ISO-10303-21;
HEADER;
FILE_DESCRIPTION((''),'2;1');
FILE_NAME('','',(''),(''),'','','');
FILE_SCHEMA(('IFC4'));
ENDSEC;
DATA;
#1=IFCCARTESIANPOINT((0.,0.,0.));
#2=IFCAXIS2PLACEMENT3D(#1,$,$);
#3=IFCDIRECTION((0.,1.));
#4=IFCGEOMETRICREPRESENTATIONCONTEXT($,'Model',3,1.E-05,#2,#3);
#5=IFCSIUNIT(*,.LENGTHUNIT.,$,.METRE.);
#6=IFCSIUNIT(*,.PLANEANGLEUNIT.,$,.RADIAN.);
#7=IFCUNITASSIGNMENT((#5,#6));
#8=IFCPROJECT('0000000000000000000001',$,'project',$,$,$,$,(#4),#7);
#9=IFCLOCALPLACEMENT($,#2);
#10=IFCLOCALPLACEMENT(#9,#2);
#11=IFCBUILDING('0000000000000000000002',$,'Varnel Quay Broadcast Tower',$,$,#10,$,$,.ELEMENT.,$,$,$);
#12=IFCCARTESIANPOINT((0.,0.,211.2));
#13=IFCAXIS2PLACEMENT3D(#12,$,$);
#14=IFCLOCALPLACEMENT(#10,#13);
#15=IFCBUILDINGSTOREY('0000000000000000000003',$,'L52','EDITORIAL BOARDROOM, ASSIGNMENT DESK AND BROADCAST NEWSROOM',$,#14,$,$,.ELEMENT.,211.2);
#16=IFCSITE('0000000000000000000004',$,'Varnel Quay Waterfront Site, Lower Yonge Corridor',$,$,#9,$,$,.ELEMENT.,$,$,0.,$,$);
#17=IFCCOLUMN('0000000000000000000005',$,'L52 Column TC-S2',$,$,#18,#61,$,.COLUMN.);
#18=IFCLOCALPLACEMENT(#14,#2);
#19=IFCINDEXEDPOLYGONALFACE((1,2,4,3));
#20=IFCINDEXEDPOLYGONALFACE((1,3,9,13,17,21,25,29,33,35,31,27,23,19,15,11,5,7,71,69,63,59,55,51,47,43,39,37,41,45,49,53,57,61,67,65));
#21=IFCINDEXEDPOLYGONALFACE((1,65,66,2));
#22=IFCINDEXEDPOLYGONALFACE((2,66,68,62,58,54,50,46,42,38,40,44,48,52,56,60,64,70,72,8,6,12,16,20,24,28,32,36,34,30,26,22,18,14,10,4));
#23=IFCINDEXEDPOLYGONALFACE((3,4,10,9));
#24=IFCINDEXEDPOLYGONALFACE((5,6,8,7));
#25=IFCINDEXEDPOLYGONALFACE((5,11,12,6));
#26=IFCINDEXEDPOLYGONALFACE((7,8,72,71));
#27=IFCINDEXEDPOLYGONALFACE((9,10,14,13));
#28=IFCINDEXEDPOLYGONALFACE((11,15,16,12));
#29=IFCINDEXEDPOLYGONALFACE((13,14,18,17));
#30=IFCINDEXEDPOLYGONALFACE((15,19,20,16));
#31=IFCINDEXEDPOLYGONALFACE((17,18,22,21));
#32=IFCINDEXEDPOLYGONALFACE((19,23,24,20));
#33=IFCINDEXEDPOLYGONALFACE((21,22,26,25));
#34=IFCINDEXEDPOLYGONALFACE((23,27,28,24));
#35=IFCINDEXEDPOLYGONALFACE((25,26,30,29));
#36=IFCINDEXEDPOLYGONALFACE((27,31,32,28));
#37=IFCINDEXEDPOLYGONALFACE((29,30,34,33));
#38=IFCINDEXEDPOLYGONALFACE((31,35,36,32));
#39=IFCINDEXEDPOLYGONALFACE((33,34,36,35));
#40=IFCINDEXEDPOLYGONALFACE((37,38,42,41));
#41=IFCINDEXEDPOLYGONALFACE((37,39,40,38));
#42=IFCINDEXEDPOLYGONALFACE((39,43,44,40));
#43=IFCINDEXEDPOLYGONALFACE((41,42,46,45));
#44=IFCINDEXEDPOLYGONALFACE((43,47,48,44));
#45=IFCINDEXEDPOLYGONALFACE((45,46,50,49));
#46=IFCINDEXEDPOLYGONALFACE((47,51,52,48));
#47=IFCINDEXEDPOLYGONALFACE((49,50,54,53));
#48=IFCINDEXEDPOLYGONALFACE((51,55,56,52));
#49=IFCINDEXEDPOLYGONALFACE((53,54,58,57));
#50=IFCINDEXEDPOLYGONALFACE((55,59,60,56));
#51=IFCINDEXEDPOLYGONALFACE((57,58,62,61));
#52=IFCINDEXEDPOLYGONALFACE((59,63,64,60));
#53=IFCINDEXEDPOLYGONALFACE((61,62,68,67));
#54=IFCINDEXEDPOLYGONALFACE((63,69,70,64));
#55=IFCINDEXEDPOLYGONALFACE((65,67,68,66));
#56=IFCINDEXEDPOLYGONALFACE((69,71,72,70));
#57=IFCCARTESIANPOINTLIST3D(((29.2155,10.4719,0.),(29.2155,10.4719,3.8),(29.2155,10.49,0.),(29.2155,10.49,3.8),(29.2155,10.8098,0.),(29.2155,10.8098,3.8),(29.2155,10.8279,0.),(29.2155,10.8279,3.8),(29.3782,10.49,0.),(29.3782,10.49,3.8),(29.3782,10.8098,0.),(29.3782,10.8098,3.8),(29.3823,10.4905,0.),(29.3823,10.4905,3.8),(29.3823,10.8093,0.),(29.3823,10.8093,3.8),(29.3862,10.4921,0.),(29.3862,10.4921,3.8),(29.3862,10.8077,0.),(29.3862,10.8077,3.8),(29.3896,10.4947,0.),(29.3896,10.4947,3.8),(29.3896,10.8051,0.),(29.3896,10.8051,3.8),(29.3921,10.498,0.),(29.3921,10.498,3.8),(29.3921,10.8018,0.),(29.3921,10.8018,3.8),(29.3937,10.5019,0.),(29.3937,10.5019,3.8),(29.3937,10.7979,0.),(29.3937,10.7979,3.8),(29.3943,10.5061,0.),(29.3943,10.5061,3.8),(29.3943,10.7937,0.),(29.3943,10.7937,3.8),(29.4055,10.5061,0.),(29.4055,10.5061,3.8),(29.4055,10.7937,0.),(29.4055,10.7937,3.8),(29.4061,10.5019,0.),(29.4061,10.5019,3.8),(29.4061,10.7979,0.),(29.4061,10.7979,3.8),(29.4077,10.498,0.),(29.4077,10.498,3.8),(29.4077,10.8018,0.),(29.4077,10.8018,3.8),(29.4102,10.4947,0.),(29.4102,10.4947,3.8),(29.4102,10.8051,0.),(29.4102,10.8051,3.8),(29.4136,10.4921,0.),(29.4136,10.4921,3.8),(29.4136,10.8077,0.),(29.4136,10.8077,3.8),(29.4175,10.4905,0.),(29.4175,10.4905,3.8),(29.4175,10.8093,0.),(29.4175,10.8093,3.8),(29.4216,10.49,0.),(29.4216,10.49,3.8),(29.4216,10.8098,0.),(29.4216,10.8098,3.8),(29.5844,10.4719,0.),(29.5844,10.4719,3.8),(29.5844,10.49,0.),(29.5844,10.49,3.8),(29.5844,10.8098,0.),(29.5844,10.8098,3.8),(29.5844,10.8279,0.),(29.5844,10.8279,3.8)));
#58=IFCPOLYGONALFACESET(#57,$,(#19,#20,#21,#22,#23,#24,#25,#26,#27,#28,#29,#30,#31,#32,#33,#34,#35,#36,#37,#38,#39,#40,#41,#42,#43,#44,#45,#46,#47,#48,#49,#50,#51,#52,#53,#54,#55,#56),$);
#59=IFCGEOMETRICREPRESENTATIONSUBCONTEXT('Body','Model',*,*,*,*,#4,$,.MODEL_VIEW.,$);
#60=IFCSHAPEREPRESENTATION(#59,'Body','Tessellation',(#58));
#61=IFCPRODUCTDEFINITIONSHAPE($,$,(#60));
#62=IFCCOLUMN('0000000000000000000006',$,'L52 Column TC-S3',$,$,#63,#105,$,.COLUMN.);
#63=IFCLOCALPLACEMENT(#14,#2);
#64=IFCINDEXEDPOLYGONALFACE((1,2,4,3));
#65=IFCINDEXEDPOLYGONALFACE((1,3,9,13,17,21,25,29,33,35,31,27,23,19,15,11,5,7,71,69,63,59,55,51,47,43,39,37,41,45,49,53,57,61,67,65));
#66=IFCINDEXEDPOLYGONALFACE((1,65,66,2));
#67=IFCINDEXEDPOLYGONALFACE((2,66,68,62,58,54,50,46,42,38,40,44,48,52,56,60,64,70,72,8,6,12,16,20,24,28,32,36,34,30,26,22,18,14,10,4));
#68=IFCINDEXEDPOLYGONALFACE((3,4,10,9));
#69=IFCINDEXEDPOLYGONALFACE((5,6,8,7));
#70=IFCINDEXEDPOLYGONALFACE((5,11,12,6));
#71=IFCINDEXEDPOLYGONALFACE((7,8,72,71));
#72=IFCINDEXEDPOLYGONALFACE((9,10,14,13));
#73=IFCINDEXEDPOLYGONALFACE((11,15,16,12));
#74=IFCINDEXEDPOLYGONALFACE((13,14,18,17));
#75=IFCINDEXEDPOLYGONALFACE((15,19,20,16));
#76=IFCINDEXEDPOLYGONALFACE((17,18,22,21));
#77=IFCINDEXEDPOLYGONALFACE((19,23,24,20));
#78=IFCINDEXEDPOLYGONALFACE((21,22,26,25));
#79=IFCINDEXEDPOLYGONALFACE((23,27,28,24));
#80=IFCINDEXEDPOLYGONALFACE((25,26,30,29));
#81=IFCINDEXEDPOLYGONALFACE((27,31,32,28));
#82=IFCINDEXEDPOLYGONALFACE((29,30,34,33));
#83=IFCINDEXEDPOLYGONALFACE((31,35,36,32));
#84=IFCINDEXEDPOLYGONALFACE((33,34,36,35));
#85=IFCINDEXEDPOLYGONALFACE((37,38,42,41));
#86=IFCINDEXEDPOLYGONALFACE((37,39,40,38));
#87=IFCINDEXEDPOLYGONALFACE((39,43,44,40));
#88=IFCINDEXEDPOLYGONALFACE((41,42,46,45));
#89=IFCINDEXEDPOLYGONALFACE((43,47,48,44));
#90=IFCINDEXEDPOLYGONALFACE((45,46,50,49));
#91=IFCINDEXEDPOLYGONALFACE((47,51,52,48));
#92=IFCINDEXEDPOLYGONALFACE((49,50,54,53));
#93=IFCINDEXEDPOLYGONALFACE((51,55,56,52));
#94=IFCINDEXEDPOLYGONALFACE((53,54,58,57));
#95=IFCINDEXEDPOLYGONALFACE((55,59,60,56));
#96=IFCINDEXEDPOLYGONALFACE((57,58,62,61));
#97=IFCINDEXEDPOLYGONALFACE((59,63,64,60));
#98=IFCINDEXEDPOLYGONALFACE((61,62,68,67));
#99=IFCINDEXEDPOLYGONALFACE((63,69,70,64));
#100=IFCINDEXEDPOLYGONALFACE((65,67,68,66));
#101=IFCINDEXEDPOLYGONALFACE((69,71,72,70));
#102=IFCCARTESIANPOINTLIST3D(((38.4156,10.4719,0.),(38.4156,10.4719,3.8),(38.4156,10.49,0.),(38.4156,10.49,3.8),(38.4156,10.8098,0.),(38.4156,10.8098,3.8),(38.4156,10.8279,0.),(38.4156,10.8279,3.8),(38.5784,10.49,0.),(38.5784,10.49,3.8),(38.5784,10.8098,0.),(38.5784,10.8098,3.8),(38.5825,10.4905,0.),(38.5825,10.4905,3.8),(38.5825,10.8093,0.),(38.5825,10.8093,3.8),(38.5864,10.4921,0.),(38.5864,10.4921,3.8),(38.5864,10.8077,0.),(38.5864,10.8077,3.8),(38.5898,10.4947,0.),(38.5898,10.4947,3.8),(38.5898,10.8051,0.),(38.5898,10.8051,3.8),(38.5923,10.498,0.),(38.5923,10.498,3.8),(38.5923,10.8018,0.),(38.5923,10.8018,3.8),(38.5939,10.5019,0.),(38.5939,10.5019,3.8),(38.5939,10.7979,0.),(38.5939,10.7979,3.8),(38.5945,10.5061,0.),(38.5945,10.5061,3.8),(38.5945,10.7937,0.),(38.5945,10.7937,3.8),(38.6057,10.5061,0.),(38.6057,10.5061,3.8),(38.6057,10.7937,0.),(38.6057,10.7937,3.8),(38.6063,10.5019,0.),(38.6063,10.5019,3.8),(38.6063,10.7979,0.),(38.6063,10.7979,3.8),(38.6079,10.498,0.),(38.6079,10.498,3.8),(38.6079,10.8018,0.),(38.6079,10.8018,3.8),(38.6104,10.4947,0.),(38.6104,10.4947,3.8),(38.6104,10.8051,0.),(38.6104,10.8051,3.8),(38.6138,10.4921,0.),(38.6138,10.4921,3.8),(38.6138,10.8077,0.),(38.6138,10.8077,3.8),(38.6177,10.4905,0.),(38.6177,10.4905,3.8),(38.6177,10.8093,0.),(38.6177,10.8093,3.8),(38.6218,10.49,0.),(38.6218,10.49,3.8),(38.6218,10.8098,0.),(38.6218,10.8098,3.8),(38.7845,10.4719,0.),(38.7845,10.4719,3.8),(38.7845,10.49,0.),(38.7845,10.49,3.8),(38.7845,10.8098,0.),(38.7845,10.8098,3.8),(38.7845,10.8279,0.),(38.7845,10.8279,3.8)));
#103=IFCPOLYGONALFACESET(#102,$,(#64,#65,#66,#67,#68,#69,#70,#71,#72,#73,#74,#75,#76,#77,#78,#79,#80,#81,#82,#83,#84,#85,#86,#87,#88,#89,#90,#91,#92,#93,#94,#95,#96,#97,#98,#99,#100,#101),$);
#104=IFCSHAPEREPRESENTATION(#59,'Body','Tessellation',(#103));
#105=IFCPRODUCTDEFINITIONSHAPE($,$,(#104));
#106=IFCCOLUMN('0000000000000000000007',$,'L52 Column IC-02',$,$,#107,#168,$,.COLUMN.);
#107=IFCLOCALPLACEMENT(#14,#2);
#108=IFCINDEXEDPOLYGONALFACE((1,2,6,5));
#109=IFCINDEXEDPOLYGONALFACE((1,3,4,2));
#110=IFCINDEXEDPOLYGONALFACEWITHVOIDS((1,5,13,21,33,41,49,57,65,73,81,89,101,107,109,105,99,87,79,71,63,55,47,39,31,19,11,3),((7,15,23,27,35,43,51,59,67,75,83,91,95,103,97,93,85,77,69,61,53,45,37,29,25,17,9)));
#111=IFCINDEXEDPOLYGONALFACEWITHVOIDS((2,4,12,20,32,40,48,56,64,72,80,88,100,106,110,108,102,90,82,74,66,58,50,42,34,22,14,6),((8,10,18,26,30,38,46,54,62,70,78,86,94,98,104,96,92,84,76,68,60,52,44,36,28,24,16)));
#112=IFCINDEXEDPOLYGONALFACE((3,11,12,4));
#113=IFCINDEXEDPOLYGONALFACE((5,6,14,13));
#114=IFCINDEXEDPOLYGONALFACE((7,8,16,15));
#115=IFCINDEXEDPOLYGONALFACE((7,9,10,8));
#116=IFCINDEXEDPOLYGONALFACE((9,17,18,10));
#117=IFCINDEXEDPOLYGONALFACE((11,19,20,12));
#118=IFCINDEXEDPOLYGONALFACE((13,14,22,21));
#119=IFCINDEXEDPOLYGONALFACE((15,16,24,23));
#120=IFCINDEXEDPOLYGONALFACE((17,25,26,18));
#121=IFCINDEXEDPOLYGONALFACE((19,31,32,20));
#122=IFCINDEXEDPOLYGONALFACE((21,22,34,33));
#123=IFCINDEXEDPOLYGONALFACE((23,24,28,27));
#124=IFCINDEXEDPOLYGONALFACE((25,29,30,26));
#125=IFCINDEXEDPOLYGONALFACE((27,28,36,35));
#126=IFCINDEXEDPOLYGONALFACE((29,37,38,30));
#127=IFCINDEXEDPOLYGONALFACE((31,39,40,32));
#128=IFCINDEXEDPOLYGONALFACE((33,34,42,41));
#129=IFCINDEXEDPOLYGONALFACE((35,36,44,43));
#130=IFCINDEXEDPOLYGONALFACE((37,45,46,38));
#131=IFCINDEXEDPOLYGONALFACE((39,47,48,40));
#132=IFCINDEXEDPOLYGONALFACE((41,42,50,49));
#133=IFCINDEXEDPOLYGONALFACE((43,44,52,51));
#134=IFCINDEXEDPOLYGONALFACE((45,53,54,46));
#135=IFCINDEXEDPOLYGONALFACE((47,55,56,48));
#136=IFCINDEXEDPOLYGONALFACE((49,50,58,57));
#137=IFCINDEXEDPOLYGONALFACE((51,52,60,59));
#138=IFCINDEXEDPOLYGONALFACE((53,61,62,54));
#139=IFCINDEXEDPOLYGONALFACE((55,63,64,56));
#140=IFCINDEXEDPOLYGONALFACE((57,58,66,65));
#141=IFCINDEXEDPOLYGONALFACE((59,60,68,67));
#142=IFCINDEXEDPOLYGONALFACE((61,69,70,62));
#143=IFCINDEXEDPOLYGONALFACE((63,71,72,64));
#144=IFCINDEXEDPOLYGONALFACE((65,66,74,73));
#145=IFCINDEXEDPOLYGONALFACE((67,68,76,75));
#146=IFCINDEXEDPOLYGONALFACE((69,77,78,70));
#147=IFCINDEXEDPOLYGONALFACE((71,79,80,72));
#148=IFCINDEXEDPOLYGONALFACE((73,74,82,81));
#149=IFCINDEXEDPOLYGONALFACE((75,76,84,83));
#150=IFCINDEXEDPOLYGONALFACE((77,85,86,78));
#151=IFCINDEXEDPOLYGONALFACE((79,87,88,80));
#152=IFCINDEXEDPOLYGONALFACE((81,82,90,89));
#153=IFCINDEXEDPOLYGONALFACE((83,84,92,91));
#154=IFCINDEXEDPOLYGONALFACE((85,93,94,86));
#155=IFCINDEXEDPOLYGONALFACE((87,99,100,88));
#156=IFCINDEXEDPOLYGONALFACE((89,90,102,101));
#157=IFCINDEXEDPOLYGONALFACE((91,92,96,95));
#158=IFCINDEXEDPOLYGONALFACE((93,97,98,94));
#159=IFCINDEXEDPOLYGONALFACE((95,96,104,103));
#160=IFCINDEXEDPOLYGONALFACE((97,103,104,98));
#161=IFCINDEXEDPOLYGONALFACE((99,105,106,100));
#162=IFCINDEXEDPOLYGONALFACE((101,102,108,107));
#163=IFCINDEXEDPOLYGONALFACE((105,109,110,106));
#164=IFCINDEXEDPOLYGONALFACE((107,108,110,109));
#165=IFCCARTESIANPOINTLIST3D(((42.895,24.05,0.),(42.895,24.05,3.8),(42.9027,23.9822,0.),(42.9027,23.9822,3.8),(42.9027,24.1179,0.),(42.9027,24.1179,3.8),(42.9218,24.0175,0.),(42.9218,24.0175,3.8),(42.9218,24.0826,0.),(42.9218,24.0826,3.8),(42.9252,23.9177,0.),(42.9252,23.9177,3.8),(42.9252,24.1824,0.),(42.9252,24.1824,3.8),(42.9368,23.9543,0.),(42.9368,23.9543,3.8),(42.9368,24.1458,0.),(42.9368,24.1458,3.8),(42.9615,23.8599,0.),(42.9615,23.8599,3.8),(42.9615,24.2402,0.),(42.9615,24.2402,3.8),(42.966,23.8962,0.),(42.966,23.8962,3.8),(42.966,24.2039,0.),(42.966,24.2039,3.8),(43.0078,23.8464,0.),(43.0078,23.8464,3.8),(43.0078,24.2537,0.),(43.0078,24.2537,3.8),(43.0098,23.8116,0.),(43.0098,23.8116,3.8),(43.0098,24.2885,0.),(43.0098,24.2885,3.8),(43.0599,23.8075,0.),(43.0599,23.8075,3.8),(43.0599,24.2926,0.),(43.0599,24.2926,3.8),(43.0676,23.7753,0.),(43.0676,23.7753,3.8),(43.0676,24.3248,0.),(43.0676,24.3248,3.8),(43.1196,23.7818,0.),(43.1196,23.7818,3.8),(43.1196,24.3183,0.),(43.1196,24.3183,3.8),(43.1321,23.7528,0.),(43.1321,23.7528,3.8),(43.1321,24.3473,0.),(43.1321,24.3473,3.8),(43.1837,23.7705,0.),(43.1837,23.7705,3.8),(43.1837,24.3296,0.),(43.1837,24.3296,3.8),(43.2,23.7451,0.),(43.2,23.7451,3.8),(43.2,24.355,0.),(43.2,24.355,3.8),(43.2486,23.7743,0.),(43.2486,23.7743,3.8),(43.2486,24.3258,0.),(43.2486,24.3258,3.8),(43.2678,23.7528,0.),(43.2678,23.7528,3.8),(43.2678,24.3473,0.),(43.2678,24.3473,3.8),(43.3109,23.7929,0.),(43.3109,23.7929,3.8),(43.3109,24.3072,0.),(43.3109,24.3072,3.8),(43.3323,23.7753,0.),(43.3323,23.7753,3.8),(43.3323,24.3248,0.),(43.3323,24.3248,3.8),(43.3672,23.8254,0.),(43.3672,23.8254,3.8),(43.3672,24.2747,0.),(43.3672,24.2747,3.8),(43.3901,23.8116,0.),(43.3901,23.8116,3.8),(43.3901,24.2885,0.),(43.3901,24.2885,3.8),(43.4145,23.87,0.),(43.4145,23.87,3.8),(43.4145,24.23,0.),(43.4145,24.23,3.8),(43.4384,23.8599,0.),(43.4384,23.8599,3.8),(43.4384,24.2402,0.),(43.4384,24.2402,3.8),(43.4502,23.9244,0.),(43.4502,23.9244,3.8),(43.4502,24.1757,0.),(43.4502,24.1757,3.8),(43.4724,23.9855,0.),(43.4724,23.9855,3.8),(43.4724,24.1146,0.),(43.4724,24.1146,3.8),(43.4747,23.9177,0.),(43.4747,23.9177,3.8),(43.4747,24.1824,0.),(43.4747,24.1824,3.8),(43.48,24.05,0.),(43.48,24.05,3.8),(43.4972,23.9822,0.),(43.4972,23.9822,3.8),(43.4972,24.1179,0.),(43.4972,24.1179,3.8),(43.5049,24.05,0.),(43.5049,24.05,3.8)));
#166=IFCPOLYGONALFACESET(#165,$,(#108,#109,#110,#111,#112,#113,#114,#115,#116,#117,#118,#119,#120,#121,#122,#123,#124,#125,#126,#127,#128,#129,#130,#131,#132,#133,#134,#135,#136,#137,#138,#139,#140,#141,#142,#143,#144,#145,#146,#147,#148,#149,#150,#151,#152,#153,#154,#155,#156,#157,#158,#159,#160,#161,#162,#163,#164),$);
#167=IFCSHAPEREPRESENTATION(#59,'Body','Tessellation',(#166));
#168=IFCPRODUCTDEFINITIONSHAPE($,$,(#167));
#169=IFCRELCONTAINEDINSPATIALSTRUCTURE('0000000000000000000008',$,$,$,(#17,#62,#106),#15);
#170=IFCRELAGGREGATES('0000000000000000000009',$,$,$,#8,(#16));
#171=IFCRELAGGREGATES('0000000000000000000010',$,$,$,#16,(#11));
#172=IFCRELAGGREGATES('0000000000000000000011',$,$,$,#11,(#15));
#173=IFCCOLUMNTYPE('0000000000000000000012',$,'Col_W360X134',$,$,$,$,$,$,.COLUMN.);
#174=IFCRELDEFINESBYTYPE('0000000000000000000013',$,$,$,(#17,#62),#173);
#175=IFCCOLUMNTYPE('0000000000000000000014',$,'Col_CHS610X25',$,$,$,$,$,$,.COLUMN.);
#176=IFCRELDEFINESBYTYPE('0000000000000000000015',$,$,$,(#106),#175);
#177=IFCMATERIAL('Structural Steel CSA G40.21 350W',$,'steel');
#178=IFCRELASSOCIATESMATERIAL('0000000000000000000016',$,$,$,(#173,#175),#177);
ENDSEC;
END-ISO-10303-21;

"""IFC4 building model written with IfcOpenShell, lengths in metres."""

from ifc_helpers import new_model, si_unit, direction, frame, origin, origin_2d, place, context, subcontext, project, spatial, hollow_circle, i_section, extrude, source, transform, mapped, material, material_profile, profile_set, type_object, type_shapes, element, save


model = new_model("IFC4")

# Units and contexts
model_context = context("Model", 3, precision=1e-05, world=origin(), true_north=direction((0.0, 1.0)))
body_context = subcontext(model_context, "Body", "Model", "MODEL_VIEW")
ifc_project = project(units=[si_unit("LENGTHUNIT", "METRE"), si_unit("PLANEANGLEUNIT", "RADIAN")], contexts=[model_context])

# Site, building, storey
site_placement = place(None, origin())
site = spatial("IfcSite", under=ifc_project, at=site_placement, Name="Varnel Quay Waterfront Site, Lower Yonge Corridor", CompositionType="ELEMENT", RefElevation=0.0)
building_placement = place(site_placement, origin())
building = spatial("IfcBuilding", under=site, at=building_placement, Name="Varnel Quay Broadcast Tower", CompositionType="ELEMENT")
storey_placement = place(building_placement, frame((0.0, 0.0, 211.2)))
storey = spatial("IfcBuildingStorey", under=building, at=storey_placement, Name="L52", Description="EDITORIAL BOARDROOM, ASSIGNMENT DESK AND BROADCAST NEWSROOM", CompositionType="ELEMENT", Elevation=211.2)

# Columns
ifc_material_1 = material(Name="Structural Steel CSA G40.21 350W", Category="steel")
ifc_material_profile_1 = material_profile(ifc_material_1, i_section(OverallWidth=0.3689, OverallDepth=0.356, WebThickness=0.0112, FlangeThickness=0.0181, FilletRadius=0.0161, at=origin_2d()), Name="W360X134")
ifc_profile_set_1 = profile_set([ifc_material_profile_1], Name="Structural Steel CSA G40.21 350W")
column_type_1 = type_object("IfcColumnType", Name="Col_W360X134", PredefinedType="COLUMN", material=ifc_profile_set_1)
shared_shape_1 = source(origin(), body_context, "Body", "SweptSolid", [
    extrude(i_section(OverallWidth=0.3689, OverallDepth=0.356, WebThickness=0.0112, FlangeThickness=0.0181, FilletRadius=0.0161, at=origin_2d()), origin(), (0.0, 0.0, 1.0), 3.8),
])
type_shapes(column_type_1, [shared_shape_1])
for number, where, z_axis, x_axis, name in (
    (1, (29.3999, 10.6499, 0.0), (0.0, 0.0, 1.0), (1.0, 0.0, 0.0), "L52 Column TC-S2"),
    (2, (38.6001, 10.6499, 0.0), (0.0, 0.0, 1.0), (1.0, 0.0, 0.0), "L52 Column TC-S3"),
):
    element("IfcColumn", number, at=place(storey_placement, frame(where, z_axis=z_axis, x_axis=x_axis)), inside=storey, type_object=column_type_1, Name=name, PredefinedType="COLUMN", context=body_context, shape_type="MappedRepresentation", body=[
        mapped(shared_shape_1, transform((0.0, 0.0, 0.0), x_axis=(1.0, 0.0, 0.0), y_axis=(0.0, 1.0, 0.0), z_axis=(0.0, 0.0, 1.0), scale=1.0)),
    ])
ifc_material_profile_2 = material_profile(ifc_material_1, hollow_circle(Radius=0.3049, WallThickness=0.0249, at=origin_2d()), Name="CHS610X25")
ifc_profile_set_2 = profile_set([ifc_material_profile_2], Name="Structural Steel CSA G40.21 350W")
column_type_2 = type_object("IfcColumnType", Name="Col_CHS610X25", PredefinedType="COLUMN", material=ifc_profile_set_2)
shared_shape_2 = source(origin(), body_context, "Body", "SweptSolid", [
    extrude(hollow_circle(Radius=0.3049, WallThickness=0.0249, at=origin_2d()), origin(), (0.0, 0.0, 1.0), 3.8),
])
type_shapes(column_type_2, [shared_shape_2])
column_placement = place(storey_placement, frame((43.2, 24.05, 0.0), z_axis=(0.0, 0.0, 1.0), x_axis=(1.0, 0.0, 0.0)))
element("IfcColumn", 3, at=column_placement, inside=storey, type_object=column_type_2, Name="L52 Column IC-02", PredefinedType="COLUMN", context=body_context, shape_type="MappedRepresentation", body=[
    mapped(shared_shape_2, transform((0.0, 0.0, 0.0), x_axis=(1.0, 0.0, 0.0), y_axis=(0.0, 1.0, 0.0), z_axis=(0.0, 0.0, 1.0), scale=1.0)),
])

save(model, "model.ifc")
